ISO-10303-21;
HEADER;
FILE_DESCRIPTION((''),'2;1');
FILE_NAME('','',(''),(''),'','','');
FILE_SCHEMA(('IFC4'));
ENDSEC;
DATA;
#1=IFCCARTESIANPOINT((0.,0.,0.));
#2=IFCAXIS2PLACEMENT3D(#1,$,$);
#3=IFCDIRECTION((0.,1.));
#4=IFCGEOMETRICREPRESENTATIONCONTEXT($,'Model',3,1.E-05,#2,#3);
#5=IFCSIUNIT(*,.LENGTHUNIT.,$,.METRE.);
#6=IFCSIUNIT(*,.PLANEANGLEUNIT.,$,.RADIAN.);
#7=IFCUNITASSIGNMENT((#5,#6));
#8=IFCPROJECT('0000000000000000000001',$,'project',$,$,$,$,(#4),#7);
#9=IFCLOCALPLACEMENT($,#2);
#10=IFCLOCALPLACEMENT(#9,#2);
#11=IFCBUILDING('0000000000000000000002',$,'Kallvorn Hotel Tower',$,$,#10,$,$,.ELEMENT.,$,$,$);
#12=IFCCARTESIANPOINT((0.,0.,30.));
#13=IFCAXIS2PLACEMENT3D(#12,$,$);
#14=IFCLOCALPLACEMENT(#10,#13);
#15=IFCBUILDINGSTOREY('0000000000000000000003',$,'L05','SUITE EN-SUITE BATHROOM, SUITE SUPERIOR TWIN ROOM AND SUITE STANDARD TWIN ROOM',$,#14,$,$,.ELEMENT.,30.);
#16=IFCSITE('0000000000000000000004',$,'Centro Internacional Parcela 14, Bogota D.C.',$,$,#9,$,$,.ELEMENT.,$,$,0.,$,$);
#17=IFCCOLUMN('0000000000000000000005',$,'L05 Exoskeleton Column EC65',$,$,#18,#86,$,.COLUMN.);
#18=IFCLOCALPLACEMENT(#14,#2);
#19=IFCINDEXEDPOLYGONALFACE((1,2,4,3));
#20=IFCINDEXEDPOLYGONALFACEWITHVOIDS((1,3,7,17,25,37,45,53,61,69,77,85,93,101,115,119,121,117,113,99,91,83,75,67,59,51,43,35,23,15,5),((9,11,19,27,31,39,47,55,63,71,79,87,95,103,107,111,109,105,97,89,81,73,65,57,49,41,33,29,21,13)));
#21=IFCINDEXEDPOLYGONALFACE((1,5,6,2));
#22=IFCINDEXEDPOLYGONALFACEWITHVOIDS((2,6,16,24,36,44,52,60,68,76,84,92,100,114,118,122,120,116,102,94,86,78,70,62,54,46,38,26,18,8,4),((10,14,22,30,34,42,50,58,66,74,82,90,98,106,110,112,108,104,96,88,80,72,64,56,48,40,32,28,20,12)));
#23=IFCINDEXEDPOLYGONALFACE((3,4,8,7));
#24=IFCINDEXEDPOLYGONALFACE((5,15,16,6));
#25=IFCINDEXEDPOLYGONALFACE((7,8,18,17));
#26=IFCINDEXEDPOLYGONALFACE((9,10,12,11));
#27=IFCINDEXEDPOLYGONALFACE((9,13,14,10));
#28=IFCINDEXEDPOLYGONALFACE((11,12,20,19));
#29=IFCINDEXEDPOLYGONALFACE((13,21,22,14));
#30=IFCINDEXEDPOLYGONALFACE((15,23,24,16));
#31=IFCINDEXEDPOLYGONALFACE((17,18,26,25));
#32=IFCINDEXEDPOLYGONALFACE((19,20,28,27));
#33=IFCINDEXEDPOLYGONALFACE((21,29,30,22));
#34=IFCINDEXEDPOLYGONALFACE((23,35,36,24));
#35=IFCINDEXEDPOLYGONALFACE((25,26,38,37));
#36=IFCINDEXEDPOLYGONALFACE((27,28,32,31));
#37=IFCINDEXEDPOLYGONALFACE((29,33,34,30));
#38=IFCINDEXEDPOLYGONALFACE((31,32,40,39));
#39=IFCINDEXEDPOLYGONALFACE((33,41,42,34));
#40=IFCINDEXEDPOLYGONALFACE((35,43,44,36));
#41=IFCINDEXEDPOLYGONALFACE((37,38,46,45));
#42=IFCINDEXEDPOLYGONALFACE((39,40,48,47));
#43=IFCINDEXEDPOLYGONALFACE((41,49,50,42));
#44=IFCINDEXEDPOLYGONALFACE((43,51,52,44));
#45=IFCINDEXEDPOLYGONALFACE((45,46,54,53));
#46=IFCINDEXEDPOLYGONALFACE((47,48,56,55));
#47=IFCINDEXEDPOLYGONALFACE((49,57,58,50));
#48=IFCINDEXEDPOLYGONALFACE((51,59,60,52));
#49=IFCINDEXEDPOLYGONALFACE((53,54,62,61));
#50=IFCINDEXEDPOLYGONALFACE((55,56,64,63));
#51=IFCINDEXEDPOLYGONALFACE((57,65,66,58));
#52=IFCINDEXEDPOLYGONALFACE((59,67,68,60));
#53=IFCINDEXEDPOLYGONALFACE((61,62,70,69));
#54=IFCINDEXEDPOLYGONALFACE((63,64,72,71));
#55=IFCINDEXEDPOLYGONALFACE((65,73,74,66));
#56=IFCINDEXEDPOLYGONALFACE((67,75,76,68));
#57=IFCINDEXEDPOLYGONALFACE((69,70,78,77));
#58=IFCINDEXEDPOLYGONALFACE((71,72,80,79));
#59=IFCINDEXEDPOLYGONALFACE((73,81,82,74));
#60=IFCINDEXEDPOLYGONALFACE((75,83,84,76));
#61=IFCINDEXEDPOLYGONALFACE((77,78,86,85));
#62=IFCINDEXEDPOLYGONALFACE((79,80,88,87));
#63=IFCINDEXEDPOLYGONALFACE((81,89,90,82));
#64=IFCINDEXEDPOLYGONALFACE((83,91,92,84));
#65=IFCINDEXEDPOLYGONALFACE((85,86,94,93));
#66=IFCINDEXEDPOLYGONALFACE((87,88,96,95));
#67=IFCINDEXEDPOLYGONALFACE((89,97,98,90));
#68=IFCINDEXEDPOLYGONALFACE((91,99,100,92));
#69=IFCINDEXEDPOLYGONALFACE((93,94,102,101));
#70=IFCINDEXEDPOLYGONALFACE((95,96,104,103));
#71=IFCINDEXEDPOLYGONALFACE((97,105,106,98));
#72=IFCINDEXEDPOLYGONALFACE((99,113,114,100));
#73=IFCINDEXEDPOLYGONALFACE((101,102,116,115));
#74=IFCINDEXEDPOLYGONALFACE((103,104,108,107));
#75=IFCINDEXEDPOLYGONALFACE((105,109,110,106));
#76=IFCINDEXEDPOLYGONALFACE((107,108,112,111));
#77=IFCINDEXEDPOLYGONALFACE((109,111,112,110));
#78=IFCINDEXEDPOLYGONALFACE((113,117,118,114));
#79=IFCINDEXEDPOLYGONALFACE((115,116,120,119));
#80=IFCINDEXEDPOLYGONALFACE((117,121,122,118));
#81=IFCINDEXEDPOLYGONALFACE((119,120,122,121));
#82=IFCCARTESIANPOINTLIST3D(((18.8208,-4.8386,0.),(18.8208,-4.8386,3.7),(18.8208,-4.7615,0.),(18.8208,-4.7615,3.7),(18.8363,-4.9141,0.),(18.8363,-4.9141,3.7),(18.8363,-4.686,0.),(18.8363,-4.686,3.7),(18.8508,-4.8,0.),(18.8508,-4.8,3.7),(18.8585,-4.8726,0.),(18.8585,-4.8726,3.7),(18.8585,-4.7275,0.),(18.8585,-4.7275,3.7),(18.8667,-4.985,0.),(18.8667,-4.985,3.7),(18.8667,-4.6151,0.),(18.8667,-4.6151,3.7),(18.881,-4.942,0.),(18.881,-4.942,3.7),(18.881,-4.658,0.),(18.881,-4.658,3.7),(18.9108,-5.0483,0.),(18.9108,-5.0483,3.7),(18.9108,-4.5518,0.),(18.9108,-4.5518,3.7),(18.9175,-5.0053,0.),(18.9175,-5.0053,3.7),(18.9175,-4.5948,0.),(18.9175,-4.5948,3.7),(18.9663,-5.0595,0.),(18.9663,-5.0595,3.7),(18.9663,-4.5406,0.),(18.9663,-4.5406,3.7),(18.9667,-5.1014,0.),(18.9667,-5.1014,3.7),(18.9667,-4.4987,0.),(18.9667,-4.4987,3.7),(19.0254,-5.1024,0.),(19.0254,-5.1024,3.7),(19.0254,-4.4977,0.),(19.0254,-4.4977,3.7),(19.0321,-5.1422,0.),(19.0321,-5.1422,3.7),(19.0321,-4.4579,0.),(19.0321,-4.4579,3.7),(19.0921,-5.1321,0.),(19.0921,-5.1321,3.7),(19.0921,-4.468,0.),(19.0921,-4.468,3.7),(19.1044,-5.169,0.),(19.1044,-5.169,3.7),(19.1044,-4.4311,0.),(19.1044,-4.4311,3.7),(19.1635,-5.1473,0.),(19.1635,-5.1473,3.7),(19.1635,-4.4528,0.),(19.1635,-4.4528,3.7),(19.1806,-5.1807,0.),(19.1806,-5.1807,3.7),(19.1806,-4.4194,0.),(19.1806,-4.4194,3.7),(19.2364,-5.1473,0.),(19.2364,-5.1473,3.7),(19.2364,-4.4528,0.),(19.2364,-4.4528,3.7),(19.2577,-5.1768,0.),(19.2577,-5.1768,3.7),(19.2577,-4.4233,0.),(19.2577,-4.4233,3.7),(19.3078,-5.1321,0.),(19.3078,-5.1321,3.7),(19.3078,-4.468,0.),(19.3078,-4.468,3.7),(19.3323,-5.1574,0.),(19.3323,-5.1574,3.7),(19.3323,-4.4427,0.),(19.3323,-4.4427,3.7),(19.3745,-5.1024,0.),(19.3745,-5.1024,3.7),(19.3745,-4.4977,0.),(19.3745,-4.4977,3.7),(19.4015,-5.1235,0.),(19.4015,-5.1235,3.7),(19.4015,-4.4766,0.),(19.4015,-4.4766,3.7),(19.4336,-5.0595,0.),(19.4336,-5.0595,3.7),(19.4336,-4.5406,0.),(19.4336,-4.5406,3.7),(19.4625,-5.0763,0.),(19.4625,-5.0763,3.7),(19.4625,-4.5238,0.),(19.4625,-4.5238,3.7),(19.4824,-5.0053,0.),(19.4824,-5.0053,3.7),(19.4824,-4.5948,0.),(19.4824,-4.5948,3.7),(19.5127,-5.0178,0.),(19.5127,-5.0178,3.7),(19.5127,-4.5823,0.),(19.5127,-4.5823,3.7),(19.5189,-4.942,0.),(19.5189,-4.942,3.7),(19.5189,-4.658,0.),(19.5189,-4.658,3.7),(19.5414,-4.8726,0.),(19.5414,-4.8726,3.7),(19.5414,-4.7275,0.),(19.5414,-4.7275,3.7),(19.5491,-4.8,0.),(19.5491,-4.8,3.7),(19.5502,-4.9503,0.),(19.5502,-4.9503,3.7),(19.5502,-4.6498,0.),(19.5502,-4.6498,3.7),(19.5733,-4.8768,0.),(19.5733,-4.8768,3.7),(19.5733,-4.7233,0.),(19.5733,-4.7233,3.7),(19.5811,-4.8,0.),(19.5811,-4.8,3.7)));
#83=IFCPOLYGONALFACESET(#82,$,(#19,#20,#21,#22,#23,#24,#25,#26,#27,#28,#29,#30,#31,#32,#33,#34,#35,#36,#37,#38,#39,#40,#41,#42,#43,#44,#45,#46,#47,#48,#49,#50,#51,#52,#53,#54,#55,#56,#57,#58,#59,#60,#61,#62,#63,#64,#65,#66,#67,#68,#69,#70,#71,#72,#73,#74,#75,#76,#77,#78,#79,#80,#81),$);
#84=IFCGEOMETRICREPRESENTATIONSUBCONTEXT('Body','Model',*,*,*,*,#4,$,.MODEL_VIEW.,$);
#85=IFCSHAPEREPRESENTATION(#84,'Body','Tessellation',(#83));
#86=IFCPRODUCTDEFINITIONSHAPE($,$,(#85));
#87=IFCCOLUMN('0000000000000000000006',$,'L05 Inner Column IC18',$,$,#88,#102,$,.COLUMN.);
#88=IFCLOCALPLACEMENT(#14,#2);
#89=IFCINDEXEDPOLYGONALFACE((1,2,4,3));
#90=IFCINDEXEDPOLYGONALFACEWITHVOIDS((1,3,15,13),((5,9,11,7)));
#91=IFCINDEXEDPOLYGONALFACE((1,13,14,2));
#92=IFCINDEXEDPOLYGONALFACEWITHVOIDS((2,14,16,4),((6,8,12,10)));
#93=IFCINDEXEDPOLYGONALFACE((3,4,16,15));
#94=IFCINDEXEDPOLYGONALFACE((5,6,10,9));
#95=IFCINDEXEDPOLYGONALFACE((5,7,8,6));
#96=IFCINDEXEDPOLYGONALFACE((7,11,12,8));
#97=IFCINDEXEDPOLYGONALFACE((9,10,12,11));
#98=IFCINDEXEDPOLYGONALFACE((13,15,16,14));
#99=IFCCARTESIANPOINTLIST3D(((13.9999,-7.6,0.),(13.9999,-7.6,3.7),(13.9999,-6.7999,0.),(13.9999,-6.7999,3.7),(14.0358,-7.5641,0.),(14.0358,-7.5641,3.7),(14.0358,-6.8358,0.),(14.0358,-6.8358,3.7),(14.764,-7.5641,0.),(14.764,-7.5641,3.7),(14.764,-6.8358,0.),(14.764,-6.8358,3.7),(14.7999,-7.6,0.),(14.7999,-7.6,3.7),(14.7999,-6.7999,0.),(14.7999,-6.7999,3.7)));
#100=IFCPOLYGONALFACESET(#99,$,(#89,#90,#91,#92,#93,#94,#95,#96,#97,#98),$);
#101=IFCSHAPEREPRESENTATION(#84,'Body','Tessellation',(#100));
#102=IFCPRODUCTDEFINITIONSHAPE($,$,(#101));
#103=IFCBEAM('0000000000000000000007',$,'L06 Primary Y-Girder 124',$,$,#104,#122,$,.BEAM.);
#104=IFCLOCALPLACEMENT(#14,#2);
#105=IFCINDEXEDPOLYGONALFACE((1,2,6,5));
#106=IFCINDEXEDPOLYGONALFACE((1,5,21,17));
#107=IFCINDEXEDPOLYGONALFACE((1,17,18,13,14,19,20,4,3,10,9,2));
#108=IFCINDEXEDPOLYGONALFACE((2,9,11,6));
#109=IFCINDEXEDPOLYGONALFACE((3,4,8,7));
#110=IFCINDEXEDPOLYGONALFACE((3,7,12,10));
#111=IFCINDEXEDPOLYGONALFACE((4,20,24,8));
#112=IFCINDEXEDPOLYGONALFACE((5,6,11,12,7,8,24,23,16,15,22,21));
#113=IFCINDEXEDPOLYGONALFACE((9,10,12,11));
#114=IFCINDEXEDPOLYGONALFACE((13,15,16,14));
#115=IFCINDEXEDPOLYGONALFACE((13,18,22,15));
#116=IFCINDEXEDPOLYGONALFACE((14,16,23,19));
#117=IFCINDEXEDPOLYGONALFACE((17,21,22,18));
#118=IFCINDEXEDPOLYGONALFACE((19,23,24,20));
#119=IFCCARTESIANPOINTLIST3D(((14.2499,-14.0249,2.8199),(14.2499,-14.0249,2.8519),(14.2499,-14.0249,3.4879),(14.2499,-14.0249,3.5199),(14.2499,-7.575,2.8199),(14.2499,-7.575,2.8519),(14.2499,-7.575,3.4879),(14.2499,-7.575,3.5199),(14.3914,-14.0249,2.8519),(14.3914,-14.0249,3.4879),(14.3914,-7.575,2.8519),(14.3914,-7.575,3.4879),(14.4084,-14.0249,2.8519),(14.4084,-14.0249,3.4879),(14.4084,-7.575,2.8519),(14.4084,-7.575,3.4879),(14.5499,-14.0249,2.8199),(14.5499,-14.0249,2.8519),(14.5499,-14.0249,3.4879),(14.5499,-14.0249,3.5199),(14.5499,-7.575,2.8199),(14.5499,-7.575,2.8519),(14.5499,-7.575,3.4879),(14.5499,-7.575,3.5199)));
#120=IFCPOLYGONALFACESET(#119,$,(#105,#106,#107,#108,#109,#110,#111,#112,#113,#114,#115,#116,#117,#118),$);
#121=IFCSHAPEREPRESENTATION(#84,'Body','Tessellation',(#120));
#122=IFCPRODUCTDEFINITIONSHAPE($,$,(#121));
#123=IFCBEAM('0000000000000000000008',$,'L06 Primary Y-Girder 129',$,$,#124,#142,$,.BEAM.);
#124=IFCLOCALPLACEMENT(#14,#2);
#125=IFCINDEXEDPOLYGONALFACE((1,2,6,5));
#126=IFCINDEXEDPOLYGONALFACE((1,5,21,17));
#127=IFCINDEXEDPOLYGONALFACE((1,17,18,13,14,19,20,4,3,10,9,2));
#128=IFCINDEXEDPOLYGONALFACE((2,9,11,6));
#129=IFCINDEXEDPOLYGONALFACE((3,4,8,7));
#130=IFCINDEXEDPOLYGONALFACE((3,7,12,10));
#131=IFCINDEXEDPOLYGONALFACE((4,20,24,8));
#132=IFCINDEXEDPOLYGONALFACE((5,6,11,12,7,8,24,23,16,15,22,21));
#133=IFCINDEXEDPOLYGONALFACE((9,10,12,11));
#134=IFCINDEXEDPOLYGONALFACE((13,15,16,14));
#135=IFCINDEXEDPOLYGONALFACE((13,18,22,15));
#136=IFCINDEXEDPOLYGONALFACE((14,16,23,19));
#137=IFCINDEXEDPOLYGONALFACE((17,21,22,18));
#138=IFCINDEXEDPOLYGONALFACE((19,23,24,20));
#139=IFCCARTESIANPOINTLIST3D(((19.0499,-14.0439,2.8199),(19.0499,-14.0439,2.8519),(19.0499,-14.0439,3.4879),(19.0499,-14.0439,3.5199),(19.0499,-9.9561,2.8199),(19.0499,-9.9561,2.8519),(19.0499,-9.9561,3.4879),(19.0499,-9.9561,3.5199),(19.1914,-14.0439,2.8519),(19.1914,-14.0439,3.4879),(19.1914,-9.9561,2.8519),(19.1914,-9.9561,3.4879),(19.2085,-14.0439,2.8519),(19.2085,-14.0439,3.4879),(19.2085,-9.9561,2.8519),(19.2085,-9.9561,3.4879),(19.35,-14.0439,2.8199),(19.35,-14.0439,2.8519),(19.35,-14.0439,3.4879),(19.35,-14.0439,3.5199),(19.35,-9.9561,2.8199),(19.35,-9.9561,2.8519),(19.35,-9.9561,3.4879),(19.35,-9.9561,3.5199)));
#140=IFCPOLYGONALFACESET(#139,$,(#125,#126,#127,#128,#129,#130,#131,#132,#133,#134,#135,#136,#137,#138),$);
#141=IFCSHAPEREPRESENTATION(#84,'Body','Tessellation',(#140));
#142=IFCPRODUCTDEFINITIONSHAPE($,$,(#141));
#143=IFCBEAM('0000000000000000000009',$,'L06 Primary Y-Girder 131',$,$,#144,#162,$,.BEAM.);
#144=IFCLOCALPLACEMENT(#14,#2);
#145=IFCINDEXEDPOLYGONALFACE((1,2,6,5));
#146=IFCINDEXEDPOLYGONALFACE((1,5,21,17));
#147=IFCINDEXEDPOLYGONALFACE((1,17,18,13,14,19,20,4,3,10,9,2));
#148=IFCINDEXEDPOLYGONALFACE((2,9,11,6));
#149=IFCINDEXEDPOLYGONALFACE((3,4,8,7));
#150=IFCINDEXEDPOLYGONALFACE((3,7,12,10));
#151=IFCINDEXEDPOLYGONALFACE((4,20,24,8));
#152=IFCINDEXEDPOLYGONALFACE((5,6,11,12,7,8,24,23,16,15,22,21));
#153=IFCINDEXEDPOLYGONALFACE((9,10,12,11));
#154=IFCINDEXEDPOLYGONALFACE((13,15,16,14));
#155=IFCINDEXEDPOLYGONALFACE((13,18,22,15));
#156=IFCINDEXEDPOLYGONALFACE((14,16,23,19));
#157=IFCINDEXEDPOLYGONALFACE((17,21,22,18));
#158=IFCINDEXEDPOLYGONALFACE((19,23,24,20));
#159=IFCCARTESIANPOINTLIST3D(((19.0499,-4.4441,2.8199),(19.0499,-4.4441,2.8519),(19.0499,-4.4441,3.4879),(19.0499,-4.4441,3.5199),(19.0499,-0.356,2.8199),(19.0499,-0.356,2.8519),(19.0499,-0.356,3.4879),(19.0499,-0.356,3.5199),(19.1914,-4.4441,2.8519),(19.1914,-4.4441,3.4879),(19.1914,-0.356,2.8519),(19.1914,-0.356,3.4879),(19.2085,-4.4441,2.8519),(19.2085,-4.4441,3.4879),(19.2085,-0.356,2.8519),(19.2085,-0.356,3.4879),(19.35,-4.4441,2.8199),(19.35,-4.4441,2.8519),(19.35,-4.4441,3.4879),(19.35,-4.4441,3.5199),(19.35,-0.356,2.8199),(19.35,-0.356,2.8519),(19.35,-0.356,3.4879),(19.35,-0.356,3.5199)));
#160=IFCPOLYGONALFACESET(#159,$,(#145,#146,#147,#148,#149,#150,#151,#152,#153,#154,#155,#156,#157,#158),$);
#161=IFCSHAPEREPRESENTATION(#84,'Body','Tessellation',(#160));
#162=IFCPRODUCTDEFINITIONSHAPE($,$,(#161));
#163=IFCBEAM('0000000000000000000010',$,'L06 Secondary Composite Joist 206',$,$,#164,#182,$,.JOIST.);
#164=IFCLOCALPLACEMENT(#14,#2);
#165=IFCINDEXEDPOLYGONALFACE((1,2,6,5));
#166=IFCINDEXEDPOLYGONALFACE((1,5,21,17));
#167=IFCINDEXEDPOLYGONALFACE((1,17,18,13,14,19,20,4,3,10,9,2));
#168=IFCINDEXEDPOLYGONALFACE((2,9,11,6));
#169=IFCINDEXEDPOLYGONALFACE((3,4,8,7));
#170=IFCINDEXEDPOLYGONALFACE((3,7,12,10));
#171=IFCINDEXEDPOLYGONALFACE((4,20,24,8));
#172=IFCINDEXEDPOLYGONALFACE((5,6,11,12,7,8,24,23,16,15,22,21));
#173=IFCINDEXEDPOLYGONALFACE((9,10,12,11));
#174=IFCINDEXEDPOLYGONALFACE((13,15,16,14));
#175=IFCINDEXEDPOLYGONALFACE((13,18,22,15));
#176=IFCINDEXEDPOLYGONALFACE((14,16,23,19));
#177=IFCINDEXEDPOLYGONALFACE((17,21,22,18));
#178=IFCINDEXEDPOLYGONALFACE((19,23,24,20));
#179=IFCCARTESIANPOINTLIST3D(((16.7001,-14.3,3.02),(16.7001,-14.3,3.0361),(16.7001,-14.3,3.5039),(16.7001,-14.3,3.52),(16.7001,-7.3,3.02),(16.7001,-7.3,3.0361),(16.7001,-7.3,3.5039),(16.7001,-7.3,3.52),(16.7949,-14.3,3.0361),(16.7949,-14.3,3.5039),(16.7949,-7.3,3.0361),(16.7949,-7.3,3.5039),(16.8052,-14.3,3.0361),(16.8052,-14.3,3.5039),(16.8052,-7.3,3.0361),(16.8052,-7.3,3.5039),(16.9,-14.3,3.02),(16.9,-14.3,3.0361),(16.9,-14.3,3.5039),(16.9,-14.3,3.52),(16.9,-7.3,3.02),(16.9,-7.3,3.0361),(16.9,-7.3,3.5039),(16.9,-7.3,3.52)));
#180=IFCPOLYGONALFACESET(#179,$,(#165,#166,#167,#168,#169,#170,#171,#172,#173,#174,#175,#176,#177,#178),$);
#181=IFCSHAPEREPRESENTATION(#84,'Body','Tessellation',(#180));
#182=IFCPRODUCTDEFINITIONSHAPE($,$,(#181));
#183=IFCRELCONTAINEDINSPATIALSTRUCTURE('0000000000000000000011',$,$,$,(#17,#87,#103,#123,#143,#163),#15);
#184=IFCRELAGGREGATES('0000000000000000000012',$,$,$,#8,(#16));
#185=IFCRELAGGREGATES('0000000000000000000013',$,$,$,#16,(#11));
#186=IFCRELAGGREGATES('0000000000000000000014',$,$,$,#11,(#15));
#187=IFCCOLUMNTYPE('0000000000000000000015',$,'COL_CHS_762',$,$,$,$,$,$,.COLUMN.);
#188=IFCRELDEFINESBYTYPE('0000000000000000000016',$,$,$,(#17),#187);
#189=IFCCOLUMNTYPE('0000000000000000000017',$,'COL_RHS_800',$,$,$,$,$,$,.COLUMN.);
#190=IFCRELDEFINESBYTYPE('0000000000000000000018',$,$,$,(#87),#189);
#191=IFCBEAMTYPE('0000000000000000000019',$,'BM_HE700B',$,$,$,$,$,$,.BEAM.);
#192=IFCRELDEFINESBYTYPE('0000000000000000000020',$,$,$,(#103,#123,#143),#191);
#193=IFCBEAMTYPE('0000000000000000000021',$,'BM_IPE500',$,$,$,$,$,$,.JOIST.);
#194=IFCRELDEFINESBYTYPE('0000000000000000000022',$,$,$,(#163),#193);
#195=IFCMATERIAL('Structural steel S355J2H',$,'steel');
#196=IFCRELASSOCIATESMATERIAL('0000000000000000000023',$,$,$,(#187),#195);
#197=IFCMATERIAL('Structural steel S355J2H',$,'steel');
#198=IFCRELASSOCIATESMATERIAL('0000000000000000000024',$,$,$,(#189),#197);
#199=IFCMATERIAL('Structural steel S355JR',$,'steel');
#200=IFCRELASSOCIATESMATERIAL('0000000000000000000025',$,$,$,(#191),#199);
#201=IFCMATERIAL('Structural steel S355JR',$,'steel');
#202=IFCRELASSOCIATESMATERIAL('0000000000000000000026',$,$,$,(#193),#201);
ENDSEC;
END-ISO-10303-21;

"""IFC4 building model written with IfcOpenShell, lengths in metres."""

from ifc_helpers import new_model, si_unit, direction, frame, origin, origin_2d, place, context, subcontext, project, spatial, hollow_rectangle, hollow_circle, i_section, extrude, material, material_profile, profile_set, type_object, element, save


model = new_model("IFC4")

# Units and contexts
model_context = context("Model", 3, precision=1e-05, world=origin(), true_north=direction((0.0, 1.0)))
body_context = subcontext(model_context, "Body", "Model", "MODEL_VIEW")
ifc_project = project(units=[si_unit("LENGTHUNIT", "METRE"), si_unit("PLANEANGLEUNIT", "RADIAN")], contexts=[model_context])

# Site, building, storey
site_placement = place(None, origin())
site = spatial("IfcSite", under=ifc_project, at=site_placement, Name="Centro Internacional Parcela 14, Bogota D.C.", CompositionType="ELEMENT", RefElevation=0.0)
building_placement = place(site_placement, origin())
building = spatial("IfcBuilding", under=site, at=building_placement, Name="Kallvorn Hotel Tower", CompositionType="ELEMENT")
storey_placement = place(building_placement, frame((0.0, 0.0, 30.0)))
storey = spatial("IfcBuildingStorey", under=building, at=storey_placement, Name="L05", Description="SUITE EN-SUITE BATHROOM, SUITE SUPERIOR TWIN ROOM AND SUITE STANDARD TWIN ROOM", CompositionType="ELEMENT", Elevation=30.0)

# Columns
ifc_material_1 = material(Name="Structural steel S355J2H", Category="steel")
ifc_material_profile_1 = material_profile(ifc_material_1, hollow_circle(Radius=0.3811, WallThickness=0.032, at=origin_2d()), Name="CHS 762x32")
ifc_profile_set_1 = profile_set([ifc_material_profile_1], Name="Structural steel S355J2H")
column_type_1 = type_object("IfcColumnType", Name="COL_CHS_762", PredefinedType="COLUMN", material=ifc_profile_set_1)
for number, where, z_axis, x_axis, name in (
    (1, (19.2, -4.8, 0.0), (0.0, 0.0, 1.0), (1.0, 0.0, 0.0), "L05 Exoskeleton Column EC65"),
):
    element("IfcColumn", number, at=place(storey_placement, frame(where, z_axis=z_axis, x_axis=x_axis)), inside=storey, type_object=column_type_1, Name=name, PredefinedType="COLUMN", context=body_context, shape_type="SweptSolid", body=[
        extrude(hollow_circle(Radius=0.3811, WallThickness=0.032, at=origin_2d()), origin(), (0.0, 0.0, 1.0), 3.7),
    ])
ifc_material_2 = material(Name="Structural steel S355J2H", Category="steel")
ifc_material_profile_2 = material_profile(ifc_material_2, hollow_rectangle(XDim=0.8, YDim=0.8, WallThickness=0.0359, at=origin_2d()), Name="RHS 800x800x36")
ifc_profile_set_2 = profile_set([ifc_material_profile_2], Name="Structural steel S355J2H")
column_type_2 = type_object("IfcColumnType", Name="COL_RHS_800", PredefinedType="COLUMN", material=ifc_profile_set_2)
column_placement = place(storey_placement, frame((14.3999, -7.2, 0.0), z_axis=(0.0, 0.0, 1.0), x_axis=(1.0, 0.0, 0.0)))
element("IfcColumn", 2, at=column_placement, inside=storey, type_object=column_type_2, Name="L05 Inner Column IC18", PredefinedType="COLUMN", context=body_context, shape_type="SweptSolid", body=[
    extrude(hollow_rectangle(XDim=0.8, YDim=0.8, WallThickness=0.0359, at=origin_2d()), origin(), (0.0, 0.0, 1.0), 3.7),
])

# Beams
ifc_material_3 = material(Name="Structural steel S355JR", Category="steel")
ifc_material_profile_3 = material_profile(ifc_material_3, i_section(OverallWidth=0.3, OverallDepth=0.7, WebThickness=0.0171, FlangeThickness=0.032, at=origin_2d()), Name="HE 700 B")
ifc_profile_set_3 = profile_set([ifc_material_profile_3], Name="Structural steel S355JR")
beam_type_1 = type_object("IfcBeamType", Name="BM_HE700B", PredefinedType="BEAM", material=ifc_profile_set_3)
beam_1_placement = place(storey_placement, frame((14.3999, -14.0249, 3.1699), z_axis=(0.0, 1.0, 0.0), x_axis=(-1.0, 0.0, 0.0)))
element("IfcBeam", 3, at=beam_1_placement, inside=storey, type_object=beam_type_1, Name="L06 Primary Y-Girder 124", PredefinedType="BEAM", context=body_context, shape_type="SweptSolid", body=[
    extrude(i_section(OverallWidth=0.3, OverallDepth=0.7, WebThickness=0.0171, FlangeThickness=0.032, at=origin_2d()), origin(), (0.0, 0.0, 1.0), 6.45),
])
beam_2_placement = place(storey_placement, frame((19.2, -14.0439, 3.1699), z_axis=(0.0, 1.0, 0.0), x_axis=(-1.0, 0.0, 0.0)))
element("IfcBeam", 4, at=beam_2_placement, inside=storey, type_object=beam_type_1, Name="L06 Primary Y-Girder 129", PredefinedType="BEAM", context=body_context, shape_type="SweptSolid", body=[
    extrude(i_section(OverallWidth=0.3, OverallDepth=0.7, WebThickness=0.0171, FlangeThickness=0.032, at=origin_2d()), origin(), (0.0, 0.0, 1.0), 4.0879),
])
beam_3_placement = place(storey_placement, frame((19.2, -4.4441, 3.1699), z_axis=(0.0, 1.0, 0.0), x_axis=(-1.0, 0.0, 0.0)))
element("IfcBeam", 5, at=beam_3_placement, inside=storey, type_object=beam_type_1, Name="L06 Primary Y-Girder 131", PredefinedType="BEAM", context=body_context, shape_type="SweptSolid", body=[
    extrude(i_section(OverallWidth=0.3, OverallDepth=0.7, WebThickness=0.0171, FlangeThickness=0.032, at=origin_2d()), origin(), (0.0, 0.0, 1.0), 4.0881),
])
ifc_material_4 = material(Name="Structural steel S355JR", Category="steel")
ifc_material_profile_4 = material_profile(ifc_material_4, i_section(OverallWidth=0.2, OverallDepth=0.5, WebThickness=0.0103, FlangeThickness=0.0161, at=origin_2d()), Name="IPE 500")
ifc_profile_set_4 = profile_set([ifc_material_profile_4], Name="Structural steel S355JR")
beam_type_2 = type_object("IfcBeamType", Name="BM_IPE500", PredefinedType="JOIST", material=ifc_profile_set_4)
beam_4_placement = place(storey_placement, frame((16.8, -14.3, 3.27), z_axis=(0.0, 1.0, 0.0), x_axis=(-1.0, 0.0, 0.0)))
element("IfcBeam", 6, at=beam_4_placement, inside=storey, type_object=beam_type_2, Name="L06 Secondary Composite Joist 206", PredefinedType="JOIST", context=body_context, shape_type="SweptSolid", body=[
    extrude(i_section(OverallWidth=0.2, OverallDepth=0.5, WebThickness=0.0103, FlangeThickness=0.0161, at=origin_2d()), origin(), (0.0, 0.0, 1.0), 7.0),
])

save(model, "model.ifc")
